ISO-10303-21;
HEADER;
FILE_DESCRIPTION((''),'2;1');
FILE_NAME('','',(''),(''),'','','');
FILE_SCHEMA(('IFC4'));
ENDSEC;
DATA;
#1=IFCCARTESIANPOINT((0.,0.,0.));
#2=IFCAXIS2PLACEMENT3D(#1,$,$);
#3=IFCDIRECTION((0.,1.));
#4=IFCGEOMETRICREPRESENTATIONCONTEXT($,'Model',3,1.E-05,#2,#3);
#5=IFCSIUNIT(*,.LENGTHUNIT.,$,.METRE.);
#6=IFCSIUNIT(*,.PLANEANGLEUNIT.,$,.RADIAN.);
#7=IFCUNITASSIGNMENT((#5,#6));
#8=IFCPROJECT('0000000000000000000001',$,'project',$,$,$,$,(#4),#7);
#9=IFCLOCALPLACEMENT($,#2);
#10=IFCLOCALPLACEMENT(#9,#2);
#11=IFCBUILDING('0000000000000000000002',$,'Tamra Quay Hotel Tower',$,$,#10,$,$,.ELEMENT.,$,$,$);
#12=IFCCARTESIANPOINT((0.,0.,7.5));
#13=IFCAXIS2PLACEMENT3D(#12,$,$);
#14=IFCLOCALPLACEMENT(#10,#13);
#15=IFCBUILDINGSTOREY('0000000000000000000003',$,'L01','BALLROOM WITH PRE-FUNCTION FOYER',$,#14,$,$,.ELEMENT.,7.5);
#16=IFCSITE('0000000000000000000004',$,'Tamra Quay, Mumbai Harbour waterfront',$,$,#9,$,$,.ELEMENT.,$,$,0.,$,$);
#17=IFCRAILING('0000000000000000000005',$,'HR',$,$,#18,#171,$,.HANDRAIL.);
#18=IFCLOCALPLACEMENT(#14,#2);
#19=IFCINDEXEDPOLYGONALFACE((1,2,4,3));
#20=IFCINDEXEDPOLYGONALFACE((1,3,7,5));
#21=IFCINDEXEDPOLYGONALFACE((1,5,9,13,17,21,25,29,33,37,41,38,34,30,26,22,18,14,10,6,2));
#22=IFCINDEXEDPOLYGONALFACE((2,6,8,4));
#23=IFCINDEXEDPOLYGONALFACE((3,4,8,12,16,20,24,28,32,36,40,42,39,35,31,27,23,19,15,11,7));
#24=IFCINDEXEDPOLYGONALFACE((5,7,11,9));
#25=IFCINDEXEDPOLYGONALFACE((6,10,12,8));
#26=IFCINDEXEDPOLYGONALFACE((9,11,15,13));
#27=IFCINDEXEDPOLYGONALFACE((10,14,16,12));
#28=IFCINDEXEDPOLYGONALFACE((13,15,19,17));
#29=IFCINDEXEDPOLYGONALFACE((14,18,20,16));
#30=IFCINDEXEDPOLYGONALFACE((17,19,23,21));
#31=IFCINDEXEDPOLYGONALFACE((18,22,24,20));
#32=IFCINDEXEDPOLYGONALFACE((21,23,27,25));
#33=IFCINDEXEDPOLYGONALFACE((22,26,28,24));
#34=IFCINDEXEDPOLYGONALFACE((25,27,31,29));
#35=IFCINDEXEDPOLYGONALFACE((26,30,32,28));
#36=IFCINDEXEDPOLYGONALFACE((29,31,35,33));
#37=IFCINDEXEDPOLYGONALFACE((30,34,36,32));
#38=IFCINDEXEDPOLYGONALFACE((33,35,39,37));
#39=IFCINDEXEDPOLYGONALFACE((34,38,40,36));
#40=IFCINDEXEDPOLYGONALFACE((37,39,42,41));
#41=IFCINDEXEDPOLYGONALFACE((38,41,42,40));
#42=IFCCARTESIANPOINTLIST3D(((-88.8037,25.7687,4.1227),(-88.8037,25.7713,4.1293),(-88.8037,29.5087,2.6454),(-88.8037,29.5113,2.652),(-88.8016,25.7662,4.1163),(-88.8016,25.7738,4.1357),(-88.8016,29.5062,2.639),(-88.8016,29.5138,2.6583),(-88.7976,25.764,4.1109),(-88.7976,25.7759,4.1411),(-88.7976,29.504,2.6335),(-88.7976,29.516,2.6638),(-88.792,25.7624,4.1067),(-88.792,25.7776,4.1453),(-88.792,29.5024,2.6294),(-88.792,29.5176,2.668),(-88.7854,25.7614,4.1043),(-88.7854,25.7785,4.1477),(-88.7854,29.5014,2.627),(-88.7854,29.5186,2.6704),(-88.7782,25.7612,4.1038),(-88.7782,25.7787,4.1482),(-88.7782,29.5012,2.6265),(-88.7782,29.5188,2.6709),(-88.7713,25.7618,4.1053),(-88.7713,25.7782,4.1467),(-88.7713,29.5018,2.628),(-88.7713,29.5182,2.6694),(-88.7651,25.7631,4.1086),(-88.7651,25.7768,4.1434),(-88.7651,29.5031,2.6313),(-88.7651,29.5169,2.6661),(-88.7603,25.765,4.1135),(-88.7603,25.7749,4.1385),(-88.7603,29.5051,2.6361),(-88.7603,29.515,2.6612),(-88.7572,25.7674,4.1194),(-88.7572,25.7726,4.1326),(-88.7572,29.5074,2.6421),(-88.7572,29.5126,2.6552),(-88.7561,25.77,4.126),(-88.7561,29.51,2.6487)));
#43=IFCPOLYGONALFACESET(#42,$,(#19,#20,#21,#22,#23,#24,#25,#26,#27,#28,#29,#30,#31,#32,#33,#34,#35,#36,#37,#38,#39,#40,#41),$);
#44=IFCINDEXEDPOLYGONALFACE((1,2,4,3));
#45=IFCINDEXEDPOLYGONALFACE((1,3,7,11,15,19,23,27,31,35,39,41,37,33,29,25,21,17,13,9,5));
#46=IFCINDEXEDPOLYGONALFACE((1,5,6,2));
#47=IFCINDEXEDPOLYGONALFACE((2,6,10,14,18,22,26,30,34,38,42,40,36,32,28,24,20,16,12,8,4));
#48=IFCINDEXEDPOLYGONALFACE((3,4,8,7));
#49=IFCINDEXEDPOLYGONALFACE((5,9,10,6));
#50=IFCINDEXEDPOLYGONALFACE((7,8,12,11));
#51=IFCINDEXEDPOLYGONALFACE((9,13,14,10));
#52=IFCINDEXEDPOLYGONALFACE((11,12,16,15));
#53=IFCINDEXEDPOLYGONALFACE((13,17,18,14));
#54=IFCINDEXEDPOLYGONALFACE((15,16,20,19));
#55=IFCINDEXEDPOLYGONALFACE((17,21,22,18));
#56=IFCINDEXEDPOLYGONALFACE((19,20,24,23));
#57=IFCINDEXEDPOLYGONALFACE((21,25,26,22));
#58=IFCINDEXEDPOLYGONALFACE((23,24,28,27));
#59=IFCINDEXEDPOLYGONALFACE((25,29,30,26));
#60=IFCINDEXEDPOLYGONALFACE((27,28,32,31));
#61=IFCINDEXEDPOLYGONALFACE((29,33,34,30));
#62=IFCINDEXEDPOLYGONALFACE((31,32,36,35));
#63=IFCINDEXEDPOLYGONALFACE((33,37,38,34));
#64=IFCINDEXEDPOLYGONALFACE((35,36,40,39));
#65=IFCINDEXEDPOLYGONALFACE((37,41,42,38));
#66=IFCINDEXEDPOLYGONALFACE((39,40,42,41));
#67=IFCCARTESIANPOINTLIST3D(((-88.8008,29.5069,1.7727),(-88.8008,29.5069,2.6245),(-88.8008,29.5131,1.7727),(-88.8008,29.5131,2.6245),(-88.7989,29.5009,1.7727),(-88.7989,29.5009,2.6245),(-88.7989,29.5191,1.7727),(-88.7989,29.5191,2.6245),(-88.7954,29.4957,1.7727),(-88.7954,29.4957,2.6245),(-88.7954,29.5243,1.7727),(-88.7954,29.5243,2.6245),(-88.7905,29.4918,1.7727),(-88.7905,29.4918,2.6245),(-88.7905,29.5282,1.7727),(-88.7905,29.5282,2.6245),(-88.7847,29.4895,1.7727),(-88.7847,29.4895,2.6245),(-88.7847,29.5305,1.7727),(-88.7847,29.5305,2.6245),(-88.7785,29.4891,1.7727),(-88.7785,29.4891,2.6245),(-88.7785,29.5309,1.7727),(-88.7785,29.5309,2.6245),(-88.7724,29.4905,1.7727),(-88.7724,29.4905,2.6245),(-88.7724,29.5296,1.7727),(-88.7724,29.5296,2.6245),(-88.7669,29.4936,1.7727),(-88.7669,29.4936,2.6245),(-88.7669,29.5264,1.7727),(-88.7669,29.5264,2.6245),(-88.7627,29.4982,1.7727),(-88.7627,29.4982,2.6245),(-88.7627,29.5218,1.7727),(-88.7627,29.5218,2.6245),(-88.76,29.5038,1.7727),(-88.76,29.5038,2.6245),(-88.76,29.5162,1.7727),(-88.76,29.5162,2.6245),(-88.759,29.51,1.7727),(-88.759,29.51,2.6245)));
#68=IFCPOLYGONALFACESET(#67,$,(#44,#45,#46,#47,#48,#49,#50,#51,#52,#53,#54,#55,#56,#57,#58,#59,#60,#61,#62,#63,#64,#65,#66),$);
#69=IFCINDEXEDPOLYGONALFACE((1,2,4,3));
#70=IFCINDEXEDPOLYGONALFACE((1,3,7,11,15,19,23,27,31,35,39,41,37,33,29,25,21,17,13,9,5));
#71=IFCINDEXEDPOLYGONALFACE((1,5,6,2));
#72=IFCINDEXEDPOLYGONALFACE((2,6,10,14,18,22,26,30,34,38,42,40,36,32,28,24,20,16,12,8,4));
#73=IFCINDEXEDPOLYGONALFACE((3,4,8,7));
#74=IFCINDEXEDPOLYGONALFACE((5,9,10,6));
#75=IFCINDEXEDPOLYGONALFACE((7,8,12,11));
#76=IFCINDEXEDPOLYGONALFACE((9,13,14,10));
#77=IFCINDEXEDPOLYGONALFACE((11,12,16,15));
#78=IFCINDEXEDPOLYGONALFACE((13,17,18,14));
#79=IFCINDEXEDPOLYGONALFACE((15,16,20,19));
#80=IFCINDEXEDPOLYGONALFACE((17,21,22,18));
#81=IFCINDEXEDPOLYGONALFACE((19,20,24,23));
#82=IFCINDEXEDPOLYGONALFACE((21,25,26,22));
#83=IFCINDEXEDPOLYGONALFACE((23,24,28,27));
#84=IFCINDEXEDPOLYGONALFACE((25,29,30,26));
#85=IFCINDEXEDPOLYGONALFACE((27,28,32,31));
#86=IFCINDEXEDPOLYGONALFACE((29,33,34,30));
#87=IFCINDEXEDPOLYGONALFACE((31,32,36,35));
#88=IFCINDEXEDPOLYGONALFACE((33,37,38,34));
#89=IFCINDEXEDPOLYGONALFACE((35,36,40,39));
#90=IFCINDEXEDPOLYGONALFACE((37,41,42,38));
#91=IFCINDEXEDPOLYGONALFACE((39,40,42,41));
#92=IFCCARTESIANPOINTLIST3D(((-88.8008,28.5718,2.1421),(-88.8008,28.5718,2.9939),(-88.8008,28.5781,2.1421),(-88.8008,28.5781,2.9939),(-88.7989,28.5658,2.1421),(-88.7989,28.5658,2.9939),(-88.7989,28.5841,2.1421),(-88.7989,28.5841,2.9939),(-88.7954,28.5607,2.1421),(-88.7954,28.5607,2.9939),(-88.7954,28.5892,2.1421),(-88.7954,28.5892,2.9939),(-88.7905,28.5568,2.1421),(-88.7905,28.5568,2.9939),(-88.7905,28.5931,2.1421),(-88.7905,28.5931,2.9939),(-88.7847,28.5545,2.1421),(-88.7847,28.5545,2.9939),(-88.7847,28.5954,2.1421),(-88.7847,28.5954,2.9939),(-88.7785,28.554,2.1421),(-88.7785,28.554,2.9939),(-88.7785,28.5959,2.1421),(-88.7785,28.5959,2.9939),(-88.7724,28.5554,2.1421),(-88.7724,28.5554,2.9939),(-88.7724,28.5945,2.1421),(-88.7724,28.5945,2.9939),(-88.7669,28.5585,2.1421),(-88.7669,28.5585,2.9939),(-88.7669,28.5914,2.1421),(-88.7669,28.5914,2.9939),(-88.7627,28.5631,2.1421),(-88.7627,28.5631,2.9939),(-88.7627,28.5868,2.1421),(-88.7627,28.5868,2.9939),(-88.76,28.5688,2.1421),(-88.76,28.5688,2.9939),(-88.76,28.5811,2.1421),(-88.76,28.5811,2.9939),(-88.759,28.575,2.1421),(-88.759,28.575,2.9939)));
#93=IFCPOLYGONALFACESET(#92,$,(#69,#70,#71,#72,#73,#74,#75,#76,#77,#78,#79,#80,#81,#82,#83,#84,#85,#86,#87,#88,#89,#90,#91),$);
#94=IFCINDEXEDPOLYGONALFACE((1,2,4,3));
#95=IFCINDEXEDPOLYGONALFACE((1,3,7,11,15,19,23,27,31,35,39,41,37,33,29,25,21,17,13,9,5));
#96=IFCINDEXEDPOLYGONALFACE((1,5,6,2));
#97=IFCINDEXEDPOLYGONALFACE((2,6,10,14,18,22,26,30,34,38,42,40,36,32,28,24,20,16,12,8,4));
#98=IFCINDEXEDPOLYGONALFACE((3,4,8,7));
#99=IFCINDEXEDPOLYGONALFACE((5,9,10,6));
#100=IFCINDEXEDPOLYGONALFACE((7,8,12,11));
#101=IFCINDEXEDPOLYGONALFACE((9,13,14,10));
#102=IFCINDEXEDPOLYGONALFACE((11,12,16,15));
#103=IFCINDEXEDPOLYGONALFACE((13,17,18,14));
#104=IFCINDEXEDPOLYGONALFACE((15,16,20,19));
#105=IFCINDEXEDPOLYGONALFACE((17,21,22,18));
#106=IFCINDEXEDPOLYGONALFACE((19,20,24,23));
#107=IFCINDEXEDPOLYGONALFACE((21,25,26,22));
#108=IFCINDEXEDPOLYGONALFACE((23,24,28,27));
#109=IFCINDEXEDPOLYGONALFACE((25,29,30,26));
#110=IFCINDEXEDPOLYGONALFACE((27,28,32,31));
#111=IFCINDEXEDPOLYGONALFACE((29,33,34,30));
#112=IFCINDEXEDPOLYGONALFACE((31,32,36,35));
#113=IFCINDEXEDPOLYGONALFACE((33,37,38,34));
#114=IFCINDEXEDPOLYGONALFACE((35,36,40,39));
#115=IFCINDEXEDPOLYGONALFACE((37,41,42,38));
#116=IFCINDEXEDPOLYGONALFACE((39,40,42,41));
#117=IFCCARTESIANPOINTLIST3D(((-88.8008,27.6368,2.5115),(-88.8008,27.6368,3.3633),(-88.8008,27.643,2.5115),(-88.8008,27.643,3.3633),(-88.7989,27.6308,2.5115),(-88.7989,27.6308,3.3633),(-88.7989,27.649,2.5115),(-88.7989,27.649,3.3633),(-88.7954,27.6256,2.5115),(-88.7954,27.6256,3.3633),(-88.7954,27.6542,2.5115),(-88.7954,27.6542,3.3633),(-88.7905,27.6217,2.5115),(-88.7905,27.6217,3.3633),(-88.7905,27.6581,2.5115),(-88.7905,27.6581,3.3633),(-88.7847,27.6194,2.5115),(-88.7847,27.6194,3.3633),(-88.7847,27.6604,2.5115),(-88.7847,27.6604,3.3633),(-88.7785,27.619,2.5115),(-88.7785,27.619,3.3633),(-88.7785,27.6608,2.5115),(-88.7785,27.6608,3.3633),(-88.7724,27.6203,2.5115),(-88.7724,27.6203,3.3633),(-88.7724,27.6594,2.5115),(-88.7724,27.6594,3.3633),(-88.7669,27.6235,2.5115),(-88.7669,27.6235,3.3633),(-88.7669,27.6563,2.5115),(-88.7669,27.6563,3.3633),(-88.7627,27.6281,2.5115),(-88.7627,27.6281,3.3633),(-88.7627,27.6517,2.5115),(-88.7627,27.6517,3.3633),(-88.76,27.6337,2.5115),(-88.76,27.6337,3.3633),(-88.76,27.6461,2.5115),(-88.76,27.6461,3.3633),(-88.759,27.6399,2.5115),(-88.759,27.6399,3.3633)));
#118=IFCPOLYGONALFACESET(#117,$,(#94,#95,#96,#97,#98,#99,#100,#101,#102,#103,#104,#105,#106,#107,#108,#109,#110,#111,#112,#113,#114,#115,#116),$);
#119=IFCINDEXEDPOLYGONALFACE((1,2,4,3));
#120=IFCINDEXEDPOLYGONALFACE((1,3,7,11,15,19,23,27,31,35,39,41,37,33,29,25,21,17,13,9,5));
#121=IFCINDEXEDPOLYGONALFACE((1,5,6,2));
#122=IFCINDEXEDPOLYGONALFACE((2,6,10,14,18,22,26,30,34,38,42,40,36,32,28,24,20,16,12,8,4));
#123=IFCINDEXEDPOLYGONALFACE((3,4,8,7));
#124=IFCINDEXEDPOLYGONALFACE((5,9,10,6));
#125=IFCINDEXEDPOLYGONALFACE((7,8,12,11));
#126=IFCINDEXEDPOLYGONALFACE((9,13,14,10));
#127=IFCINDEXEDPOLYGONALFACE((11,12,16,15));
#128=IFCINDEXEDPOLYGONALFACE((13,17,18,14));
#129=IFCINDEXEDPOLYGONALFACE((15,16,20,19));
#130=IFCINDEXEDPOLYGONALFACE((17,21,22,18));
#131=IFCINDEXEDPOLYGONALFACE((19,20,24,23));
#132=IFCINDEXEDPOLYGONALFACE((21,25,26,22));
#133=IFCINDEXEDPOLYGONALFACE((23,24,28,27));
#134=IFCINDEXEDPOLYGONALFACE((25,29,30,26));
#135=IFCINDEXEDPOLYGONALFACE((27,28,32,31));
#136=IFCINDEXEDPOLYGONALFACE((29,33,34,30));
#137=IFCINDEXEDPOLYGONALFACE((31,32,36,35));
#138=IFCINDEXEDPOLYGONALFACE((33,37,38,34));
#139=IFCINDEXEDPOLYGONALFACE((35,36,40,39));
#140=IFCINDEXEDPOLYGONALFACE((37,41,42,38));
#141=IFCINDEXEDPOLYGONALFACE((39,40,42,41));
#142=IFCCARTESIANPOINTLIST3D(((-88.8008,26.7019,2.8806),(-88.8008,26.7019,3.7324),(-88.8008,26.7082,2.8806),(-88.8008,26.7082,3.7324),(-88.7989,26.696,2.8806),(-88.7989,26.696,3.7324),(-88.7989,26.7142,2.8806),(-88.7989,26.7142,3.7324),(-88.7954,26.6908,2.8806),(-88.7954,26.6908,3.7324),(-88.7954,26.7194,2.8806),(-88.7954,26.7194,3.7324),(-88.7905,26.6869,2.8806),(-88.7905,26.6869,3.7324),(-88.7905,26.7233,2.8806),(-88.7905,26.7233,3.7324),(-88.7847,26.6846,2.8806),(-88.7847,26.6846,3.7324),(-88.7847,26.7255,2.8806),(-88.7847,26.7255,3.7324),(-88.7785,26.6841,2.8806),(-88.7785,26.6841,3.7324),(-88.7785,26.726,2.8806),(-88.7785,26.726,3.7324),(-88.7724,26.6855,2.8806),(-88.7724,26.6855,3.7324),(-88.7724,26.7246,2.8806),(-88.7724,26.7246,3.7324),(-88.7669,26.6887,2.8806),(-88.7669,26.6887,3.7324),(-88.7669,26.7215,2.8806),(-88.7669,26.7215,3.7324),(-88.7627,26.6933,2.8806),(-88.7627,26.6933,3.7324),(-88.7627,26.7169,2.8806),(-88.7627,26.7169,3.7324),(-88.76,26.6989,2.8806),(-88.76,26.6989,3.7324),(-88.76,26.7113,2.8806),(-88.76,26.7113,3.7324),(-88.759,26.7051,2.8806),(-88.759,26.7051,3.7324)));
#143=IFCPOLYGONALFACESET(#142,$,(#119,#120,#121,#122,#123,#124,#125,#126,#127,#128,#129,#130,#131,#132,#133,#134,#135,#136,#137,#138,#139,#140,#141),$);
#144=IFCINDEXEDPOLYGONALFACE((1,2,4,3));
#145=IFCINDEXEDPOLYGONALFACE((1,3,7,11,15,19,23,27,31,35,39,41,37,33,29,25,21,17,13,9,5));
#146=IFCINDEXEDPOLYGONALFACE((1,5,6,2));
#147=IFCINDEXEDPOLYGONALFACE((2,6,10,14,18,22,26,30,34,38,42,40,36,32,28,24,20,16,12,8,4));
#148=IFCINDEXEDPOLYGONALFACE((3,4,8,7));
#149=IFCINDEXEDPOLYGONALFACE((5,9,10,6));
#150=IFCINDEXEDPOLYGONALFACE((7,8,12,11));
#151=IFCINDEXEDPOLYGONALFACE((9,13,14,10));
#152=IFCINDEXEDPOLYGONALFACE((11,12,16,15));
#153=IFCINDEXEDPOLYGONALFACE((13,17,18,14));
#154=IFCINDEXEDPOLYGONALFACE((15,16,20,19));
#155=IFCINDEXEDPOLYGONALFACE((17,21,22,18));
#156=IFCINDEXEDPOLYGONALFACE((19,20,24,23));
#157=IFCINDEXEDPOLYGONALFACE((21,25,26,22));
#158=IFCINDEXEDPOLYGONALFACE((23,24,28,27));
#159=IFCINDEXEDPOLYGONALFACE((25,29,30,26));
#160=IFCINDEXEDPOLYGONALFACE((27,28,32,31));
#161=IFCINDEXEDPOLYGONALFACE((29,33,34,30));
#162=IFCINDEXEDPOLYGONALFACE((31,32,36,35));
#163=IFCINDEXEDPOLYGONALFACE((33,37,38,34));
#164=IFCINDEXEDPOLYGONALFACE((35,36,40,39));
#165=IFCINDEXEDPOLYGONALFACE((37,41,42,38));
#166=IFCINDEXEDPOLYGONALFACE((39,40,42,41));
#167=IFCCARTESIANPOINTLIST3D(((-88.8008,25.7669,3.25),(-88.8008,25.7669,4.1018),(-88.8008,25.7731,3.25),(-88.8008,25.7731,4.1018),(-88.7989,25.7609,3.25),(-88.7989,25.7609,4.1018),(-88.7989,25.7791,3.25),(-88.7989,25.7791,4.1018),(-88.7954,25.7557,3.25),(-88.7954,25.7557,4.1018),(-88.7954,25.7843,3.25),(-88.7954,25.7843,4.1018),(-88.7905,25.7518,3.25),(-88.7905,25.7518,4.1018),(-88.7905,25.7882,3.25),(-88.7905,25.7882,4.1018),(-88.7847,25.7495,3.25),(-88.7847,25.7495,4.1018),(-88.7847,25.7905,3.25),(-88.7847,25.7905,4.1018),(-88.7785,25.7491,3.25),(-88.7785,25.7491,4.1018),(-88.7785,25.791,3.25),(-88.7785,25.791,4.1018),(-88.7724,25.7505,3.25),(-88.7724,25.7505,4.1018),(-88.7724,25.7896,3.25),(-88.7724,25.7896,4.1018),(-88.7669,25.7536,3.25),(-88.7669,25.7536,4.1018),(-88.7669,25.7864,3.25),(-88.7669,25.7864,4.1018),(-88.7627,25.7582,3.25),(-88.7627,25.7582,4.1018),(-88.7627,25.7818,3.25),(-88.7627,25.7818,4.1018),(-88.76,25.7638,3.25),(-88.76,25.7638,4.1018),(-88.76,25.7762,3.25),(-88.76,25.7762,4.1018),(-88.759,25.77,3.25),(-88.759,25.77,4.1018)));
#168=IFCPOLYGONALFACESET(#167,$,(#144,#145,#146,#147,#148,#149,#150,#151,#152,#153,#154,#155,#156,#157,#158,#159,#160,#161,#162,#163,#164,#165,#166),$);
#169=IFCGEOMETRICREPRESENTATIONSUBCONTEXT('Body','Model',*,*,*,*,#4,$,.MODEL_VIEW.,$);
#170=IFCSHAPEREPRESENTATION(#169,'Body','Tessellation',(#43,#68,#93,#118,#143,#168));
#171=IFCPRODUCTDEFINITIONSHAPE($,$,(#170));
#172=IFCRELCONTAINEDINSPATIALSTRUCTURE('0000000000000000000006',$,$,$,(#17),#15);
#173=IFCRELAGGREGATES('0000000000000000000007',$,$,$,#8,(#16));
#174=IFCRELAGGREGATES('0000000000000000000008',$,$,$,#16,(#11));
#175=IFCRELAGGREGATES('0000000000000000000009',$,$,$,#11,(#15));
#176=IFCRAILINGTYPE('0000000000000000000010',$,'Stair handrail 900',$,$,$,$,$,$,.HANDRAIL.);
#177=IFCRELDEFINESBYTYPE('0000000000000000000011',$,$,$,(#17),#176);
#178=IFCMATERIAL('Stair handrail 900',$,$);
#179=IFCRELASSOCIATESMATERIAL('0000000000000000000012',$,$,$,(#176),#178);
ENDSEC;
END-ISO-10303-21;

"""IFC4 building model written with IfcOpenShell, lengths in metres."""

from ifc_helpers import new_model, si_unit, direction, frame, origin, origin_2d, place, context, subcontext, project, spatial, circle, extrude, material, type_object, element, save


model = new_model("IFC4")

# Units and contexts
model_context = context("Model", 3, precision=1e-05, world=origin(), true_north=direction((0.0, 1.0)))
body_context = subcontext(model_context, "Body", "Model", "MODEL_VIEW")
ifc_project = project(units=[si_unit("LENGTHUNIT", "METRE"), si_unit("PLANEANGLEUNIT", "RADIAN")], contexts=[model_context])

# Site, building, storey
site_placement = place(None, origin())
site = spatial("IfcSite", under=ifc_project, at=site_placement, Name="Tamra Quay, Mumbai Harbour waterfront", CompositionType="ELEMENT", RefElevation=0.0)
building_placement = place(site_placement, origin())
building = spatial("IfcBuilding", under=site, at=building_placement, Name="Tamra Quay Hotel Tower", CompositionType="ELEMENT")
storey_placement = place(building_placement, frame((0.0, 0.0, 7.5)))
storey = spatial("IfcBuildingStorey", under=building, at=storey_placement, Name="L01", Description="BALLROOM WITH PRE-FUNCTION FOYER", CompositionType="ELEMENT", Elevation=7.5)

# Railing
ifc_material_1 = material(Name="Stair handrail 900")
railing_type_1 = type_object("IfcRailingType", Name="Stair handrail 900", PredefinedType="HANDRAIL", material=ifc_material_1)
railing_1_placement = place(storey_placement, frame((-88.78, 29.51, 1.7727)))
element("IfcRailing", 1, at=railing_1_placement, inside=storey, type_object=railing_type_1, Name="HR", PredefinedType="HANDRAIL", context=body_context, shape_type="SweptSolid", body=[
    extrude(circle(Radius=0.0239, at=origin_2d()), frame((0.0, 0.0, 0.876), z_axis=(0.0, -0.930072, 0.367378), x_axis=(1.0, 0.0, 0.0)), (0.0, 0.0, 1.0), 4.0212),
    extrude(circle(Radius=0.021, at=origin_2d()), origin(), (0.0, 0.0, 1.0), 0.8518),
    extrude(circle(Radius=0.021, at=origin_2d()), frame((0.0, -0.9351, 0.3694)), (0.0, 0.0, 1.0), 0.8518),
    extrude(circle(Radius=0.021, at=origin_2d()), frame((0.0, -1.8701, 0.7388)), (0.0, 0.0, 1.0), 0.8518),
    extrude(circle(Radius=0.021, at=origin_2d()), frame((0.0, -2.8049, 1.1079)), (0.0, 0.0, 1.0), 0.8518),
    extrude(circle(Radius=0.021, at=origin_2d()), frame((0.0, -3.74, 1.4773)), (0.0, 0.0, 1.0), 0.8518),
])

save(model, "model.ifc")
